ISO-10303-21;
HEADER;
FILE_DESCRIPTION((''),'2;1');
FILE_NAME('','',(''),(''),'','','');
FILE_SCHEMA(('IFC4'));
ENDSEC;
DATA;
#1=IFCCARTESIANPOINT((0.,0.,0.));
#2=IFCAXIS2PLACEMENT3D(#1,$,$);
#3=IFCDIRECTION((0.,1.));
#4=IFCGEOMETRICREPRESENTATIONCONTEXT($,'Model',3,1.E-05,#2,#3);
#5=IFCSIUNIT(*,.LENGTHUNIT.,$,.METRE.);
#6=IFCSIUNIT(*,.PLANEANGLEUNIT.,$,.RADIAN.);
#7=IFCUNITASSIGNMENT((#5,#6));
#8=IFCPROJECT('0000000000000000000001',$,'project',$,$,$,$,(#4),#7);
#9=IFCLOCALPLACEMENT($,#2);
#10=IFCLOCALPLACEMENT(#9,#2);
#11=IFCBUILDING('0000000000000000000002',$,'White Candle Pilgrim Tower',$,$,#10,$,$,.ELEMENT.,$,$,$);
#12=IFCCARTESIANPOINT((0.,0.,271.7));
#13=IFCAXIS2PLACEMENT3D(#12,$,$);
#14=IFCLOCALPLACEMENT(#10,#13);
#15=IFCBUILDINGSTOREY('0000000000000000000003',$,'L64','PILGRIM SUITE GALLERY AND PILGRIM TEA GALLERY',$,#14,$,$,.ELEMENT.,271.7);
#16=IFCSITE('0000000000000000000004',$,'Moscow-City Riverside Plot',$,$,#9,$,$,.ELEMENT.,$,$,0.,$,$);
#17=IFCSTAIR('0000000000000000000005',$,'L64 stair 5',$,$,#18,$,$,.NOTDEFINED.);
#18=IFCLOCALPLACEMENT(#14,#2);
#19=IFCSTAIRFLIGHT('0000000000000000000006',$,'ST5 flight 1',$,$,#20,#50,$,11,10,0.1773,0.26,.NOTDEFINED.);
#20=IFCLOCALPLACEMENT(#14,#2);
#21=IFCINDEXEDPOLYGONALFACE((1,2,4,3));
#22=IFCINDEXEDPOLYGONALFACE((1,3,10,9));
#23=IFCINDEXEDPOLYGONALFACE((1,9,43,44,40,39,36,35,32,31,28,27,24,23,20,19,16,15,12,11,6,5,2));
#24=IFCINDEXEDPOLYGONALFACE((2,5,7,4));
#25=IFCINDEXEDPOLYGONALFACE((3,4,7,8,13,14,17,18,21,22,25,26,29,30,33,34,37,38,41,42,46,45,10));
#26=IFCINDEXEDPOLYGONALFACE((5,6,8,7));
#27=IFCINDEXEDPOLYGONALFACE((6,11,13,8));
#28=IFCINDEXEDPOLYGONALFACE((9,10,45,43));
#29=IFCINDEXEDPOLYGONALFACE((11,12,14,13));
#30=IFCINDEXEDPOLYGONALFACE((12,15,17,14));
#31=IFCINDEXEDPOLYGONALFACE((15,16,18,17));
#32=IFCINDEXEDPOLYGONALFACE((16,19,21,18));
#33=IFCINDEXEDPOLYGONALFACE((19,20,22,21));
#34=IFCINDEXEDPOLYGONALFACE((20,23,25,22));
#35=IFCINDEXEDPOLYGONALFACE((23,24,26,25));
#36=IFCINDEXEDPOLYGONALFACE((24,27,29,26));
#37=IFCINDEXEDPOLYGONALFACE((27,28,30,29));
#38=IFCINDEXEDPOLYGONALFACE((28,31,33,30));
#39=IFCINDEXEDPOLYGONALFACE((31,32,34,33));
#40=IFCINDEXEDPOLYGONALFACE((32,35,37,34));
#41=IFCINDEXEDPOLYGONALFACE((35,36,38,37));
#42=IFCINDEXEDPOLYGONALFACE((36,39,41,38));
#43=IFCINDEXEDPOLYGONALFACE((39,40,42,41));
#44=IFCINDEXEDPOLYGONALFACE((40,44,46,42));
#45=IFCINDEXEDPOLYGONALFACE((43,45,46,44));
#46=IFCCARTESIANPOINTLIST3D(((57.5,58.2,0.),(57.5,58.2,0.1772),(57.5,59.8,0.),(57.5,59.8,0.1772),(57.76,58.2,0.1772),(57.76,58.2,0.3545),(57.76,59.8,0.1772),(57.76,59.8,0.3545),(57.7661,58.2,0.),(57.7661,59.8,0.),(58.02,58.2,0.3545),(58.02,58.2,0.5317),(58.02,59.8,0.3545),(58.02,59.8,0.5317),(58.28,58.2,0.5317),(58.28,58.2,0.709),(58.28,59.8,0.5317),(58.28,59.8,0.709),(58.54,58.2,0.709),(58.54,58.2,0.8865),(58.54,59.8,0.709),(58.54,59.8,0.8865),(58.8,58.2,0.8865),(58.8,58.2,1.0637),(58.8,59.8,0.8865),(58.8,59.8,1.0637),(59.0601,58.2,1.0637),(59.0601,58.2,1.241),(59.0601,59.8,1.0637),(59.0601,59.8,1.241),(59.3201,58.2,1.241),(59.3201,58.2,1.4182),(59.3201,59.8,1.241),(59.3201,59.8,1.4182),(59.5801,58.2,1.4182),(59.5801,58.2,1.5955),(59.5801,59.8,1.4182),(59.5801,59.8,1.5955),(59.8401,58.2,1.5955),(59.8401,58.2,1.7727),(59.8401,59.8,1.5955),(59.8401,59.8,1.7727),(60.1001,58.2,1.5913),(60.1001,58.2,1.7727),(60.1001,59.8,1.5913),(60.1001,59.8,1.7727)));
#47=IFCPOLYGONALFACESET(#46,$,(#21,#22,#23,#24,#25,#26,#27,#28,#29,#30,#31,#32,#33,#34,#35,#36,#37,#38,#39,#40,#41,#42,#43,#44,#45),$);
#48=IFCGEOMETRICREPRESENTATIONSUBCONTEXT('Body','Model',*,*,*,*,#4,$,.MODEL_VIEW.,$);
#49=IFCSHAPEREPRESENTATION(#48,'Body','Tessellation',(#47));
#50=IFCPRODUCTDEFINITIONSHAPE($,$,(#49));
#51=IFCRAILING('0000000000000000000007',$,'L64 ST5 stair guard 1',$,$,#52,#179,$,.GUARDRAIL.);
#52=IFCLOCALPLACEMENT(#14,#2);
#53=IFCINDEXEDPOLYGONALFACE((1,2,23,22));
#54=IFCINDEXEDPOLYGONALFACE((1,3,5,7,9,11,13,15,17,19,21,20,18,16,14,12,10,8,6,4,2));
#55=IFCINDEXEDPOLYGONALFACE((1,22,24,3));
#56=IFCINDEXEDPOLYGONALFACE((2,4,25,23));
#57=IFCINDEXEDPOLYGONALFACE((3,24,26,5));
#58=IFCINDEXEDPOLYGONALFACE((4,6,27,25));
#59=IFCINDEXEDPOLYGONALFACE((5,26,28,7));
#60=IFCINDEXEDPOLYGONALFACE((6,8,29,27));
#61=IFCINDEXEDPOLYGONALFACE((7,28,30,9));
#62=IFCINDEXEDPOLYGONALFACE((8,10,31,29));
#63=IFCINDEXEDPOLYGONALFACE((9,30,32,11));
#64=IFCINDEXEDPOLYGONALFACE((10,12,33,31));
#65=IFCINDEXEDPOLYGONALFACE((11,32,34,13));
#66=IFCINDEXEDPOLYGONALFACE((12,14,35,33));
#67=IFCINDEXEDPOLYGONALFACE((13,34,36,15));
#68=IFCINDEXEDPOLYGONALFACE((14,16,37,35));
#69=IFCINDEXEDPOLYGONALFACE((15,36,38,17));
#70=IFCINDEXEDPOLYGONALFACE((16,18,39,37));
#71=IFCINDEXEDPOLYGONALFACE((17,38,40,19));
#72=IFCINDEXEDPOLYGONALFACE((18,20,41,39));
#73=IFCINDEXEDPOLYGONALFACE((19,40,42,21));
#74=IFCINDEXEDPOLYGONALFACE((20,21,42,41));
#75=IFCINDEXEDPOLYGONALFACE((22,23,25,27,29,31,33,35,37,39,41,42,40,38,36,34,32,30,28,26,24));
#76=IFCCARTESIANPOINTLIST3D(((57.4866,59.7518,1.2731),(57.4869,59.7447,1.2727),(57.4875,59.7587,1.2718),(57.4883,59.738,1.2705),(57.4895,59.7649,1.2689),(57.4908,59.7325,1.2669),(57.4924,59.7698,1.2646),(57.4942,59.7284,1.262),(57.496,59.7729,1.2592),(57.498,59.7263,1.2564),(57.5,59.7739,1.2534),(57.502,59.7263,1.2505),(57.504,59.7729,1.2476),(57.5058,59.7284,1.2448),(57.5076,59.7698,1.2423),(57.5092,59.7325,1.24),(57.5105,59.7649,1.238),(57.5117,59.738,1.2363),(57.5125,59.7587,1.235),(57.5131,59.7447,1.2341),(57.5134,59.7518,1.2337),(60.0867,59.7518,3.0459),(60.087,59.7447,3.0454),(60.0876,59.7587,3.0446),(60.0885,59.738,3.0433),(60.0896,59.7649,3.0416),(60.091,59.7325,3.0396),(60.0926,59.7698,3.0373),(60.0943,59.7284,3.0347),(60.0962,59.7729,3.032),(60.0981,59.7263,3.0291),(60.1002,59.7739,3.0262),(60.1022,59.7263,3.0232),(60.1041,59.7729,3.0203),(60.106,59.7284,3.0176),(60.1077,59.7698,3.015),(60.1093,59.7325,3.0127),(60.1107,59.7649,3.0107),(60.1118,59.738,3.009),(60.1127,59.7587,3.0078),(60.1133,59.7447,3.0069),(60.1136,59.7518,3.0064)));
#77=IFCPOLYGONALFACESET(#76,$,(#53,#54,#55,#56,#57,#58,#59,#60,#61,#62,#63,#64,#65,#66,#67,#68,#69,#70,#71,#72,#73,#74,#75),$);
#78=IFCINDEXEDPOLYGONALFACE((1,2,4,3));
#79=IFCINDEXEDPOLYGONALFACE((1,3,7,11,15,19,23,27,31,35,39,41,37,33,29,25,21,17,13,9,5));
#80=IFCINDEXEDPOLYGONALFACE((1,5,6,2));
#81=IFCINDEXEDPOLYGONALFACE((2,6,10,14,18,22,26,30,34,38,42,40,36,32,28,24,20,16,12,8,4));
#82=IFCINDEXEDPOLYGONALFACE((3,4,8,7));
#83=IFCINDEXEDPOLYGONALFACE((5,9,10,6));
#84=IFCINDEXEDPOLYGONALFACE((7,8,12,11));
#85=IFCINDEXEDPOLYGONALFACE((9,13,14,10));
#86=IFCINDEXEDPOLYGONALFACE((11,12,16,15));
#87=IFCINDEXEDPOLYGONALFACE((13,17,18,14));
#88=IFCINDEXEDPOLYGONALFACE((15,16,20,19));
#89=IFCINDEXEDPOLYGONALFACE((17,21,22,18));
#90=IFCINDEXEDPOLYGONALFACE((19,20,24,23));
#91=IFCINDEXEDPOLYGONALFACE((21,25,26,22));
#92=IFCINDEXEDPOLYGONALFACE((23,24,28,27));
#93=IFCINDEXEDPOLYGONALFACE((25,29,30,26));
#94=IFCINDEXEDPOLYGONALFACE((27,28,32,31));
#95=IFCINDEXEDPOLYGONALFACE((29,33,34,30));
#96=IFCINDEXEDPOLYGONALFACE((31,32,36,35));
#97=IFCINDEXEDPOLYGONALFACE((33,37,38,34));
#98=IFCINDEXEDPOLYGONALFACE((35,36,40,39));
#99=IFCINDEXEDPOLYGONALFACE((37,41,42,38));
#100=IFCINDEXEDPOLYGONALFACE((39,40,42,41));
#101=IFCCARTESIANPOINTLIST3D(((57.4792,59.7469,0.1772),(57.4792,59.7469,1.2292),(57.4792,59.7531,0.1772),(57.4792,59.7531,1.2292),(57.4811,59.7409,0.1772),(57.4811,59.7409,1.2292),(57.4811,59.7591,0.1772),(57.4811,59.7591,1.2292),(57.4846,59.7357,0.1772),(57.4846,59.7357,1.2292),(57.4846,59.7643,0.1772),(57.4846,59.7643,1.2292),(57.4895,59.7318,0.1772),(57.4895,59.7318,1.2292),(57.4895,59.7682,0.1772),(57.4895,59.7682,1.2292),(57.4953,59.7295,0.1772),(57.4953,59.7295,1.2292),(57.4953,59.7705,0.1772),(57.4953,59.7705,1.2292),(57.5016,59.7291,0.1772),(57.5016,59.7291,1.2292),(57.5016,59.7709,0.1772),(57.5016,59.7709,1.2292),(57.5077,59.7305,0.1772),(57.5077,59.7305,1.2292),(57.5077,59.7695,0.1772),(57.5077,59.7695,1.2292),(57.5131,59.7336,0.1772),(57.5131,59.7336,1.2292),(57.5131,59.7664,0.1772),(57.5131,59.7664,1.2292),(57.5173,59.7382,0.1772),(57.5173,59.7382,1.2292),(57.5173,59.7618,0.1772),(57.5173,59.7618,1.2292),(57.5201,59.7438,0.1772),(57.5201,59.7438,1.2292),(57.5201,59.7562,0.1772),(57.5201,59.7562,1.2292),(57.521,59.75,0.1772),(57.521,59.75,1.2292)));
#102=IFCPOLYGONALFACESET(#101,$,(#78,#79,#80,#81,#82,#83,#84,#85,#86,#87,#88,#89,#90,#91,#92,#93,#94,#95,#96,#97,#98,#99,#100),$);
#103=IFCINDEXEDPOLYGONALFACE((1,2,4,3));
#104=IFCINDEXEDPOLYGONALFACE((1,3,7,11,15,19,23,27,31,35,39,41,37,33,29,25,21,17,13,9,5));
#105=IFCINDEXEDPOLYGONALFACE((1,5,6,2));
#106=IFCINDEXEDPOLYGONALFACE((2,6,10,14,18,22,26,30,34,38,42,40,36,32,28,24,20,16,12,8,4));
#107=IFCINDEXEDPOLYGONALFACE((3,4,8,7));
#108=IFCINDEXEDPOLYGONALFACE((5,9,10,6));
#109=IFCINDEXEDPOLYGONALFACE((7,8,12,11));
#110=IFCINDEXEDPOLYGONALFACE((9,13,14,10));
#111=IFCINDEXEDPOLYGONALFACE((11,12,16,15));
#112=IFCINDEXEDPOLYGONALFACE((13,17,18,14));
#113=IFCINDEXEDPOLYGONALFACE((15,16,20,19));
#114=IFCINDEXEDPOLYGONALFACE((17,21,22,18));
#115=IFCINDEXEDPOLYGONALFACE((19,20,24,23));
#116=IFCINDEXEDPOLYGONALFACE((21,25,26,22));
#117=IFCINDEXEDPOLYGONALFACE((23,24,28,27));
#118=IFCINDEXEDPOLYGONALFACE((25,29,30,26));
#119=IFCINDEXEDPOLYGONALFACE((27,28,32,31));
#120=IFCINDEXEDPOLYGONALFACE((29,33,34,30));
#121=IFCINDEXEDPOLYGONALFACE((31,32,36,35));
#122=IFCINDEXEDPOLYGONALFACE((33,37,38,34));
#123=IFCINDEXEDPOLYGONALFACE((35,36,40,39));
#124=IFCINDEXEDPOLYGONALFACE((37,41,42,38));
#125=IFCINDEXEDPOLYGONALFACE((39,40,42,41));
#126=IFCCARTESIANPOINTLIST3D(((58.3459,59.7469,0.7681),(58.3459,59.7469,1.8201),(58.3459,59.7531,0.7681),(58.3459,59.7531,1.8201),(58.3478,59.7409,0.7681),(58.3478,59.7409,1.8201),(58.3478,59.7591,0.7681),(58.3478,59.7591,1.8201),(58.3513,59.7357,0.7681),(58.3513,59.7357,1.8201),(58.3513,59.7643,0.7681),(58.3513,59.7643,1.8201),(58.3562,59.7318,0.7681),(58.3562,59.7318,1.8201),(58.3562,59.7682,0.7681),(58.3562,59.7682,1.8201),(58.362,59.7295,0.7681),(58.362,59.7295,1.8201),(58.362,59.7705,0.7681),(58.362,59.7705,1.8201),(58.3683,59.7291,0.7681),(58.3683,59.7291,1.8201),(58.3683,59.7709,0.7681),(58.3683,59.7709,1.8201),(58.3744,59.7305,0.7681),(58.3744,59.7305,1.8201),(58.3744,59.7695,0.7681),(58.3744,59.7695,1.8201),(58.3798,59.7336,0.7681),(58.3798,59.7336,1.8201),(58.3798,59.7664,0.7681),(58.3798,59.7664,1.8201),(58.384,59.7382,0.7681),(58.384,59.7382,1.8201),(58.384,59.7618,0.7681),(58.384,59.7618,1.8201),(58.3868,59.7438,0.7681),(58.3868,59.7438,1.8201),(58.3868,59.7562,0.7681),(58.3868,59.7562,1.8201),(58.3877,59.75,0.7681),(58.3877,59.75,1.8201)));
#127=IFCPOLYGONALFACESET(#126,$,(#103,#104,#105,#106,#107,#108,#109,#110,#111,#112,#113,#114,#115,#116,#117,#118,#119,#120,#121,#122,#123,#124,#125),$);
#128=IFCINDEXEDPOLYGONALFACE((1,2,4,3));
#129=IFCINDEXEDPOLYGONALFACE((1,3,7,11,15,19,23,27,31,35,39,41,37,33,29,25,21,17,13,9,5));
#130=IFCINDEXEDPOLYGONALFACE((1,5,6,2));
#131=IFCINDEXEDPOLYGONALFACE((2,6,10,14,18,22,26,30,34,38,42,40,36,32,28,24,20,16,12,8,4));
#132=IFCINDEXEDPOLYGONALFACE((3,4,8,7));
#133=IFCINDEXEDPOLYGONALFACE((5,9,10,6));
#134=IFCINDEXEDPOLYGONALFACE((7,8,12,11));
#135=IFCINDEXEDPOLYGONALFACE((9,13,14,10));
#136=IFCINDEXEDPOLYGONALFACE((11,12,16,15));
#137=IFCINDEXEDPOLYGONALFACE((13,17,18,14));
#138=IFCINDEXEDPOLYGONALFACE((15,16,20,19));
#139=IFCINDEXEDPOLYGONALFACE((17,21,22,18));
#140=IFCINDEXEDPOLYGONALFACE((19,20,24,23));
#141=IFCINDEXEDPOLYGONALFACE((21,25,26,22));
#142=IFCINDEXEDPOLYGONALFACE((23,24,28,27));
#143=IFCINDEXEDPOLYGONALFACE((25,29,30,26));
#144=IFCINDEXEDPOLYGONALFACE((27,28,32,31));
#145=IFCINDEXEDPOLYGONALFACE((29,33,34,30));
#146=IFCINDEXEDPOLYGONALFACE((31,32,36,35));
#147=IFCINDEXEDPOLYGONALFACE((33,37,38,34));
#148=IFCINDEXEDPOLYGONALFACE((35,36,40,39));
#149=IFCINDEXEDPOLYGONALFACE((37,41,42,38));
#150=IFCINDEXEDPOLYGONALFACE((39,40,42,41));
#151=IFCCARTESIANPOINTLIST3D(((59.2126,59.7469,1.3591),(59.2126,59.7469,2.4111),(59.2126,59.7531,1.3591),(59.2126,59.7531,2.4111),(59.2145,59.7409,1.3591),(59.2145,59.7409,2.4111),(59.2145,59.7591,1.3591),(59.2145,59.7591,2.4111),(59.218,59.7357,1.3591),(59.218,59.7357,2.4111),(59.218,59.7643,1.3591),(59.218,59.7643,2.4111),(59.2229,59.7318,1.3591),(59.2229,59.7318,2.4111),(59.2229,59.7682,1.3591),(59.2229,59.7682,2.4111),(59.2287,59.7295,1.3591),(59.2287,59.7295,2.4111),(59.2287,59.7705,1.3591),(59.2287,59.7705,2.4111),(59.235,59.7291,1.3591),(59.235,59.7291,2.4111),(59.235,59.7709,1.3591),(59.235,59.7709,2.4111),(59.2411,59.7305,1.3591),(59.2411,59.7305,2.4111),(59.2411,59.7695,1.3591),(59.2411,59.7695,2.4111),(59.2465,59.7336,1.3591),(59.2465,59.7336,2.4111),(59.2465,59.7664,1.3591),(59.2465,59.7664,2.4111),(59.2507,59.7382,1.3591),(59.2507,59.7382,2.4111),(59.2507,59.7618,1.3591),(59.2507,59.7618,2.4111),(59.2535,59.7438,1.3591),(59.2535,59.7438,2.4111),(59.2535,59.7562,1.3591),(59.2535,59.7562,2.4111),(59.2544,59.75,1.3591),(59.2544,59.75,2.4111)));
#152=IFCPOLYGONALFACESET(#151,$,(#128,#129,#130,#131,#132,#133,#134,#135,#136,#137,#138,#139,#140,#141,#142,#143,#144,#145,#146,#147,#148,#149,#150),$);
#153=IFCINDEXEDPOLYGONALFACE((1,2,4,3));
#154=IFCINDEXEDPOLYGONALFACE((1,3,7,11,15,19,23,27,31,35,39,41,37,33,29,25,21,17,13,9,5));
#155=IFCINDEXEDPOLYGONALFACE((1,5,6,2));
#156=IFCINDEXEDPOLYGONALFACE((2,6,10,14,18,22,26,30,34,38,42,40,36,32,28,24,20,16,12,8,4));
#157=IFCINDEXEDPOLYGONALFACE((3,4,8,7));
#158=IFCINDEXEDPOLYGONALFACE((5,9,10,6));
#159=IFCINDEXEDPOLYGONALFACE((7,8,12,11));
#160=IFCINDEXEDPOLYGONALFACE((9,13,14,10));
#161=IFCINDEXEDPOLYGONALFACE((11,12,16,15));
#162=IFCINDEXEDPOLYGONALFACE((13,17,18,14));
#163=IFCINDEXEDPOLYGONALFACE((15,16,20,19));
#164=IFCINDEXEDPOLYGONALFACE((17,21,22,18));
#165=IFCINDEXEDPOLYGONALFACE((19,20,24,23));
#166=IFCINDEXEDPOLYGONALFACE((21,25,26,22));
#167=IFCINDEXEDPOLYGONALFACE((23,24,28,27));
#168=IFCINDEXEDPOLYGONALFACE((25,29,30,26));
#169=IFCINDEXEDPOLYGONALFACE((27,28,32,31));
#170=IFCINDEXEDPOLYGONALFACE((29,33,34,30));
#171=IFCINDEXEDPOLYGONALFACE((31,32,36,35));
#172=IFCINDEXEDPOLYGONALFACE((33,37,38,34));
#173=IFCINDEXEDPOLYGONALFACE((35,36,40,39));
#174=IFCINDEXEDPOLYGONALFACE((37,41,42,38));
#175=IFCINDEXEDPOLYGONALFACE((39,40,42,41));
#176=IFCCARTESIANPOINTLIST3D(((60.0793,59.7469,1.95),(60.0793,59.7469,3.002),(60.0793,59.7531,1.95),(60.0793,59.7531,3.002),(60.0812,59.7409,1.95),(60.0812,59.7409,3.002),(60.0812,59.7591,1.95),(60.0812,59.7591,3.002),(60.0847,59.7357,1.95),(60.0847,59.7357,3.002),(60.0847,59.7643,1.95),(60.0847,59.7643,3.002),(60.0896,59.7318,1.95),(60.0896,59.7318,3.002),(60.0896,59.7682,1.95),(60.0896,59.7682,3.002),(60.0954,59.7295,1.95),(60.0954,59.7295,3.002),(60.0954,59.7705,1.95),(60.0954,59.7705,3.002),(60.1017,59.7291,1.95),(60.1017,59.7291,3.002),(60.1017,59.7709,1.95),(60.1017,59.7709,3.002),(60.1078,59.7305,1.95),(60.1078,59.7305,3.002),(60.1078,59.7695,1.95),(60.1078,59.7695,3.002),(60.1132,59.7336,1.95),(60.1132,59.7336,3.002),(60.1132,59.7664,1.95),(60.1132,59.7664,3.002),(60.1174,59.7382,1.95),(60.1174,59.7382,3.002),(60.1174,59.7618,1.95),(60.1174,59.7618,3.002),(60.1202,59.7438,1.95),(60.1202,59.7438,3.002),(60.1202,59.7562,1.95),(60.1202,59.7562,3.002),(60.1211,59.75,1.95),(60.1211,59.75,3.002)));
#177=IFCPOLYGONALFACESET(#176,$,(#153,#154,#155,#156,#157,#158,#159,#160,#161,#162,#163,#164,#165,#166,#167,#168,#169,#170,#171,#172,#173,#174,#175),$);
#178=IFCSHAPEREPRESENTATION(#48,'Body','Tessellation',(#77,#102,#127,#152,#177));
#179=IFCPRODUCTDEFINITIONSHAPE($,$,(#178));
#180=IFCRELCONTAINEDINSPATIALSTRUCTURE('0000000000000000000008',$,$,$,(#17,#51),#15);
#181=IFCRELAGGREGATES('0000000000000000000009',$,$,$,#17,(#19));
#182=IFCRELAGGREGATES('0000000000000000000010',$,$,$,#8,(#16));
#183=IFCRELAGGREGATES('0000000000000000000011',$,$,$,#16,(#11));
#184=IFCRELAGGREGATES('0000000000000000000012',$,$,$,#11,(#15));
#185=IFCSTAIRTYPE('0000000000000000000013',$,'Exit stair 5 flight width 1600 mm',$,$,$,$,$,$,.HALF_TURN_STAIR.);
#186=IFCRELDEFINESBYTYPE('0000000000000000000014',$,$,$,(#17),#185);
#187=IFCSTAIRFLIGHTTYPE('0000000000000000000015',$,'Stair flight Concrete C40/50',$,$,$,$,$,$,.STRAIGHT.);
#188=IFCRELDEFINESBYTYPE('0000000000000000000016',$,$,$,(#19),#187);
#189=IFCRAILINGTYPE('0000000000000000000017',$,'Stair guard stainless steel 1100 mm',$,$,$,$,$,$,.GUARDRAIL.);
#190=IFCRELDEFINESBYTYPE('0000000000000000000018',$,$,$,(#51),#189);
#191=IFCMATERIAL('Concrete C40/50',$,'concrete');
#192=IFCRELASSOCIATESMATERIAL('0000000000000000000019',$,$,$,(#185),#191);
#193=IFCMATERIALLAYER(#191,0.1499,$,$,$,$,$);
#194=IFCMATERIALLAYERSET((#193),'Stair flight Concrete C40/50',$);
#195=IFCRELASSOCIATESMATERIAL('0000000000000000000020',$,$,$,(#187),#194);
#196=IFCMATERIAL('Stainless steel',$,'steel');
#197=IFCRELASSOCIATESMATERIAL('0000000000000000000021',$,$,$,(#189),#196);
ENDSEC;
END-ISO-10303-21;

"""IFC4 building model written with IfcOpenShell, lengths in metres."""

from ifc_helpers import new_model, si_unit, direction, frame, origin, origin_2d, place, context, subcontext, project, spatial, polyline, circle, outline, extrude, material, layer, layer_set, type_object, element, aggregate, save


model = new_model("IFC4")

# Units and contexts
model_context = context("Model", 3, precision=1e-05, world=origin(), true_north=direction((0.0, 1.0)))
body_context = subcontext(model_context, "Body", "Model", "MODEL_VIEW")
ifc_project = project(units=[si_unit("LENGTHUNIT", "METRE"), si_unit("PLANEANGLEUNIT", "RADIAN")], contexts=[model_context])

# Site, building, storey
site_placement = place(None, origin())
site = spatial("IfcSite", under=ifc_project, at=site_placement, Name="Moscow-City Riverside Plot", CompositionType="ELEMENT", RefElevation=0.0)
building_placement = place(site_placement, origin())
building = spatial("IfcBuilding", under=site, at=building_placement, Name="White Candle Pilgrim Tower", CompositionType="ELEMENT")
storey_placement = place(building_placement, frame((0.0, 0.0, 271.7)))
storey = spatial("IfcBuildingStorey", under=building, at=storey_placement, Name="L64", Description="PILGRIM SUITE GALLERY AND PILGRIM TEA GALLERY", CompositionType="ELEMENT", Elevation=271.7)

# Stair, stair flight
ifc_material_1 = material(Name="Concrete C40/50", Category="concrete")
stair_type = type_object("IfcStairType", Name="Exit stair 5 flight width 1600 mm", PredefinedType="HALF_TURN_STAIR", material=ifc_material_1)
stair_placement = place(storey_placement, origin())
stair = element("IfcStair", 1, at=stair_placement, inside=storey, type_object=stair_type, Name="L64 stair 5", PredefinedType="NOTDEFINED")
ifc_layer_1 = layer(ifc_material_1, 0.1499)
ifc_layer_set_1 = layer_set([ifc_layer_1], Name="Stair flight Concrete C40/50")
stair_flight_type = type_object("IfcStairFlightType", Name="Stair flight Concrete C40/50", PredefinedType="STRAIGHT", material=ifc_layer_set_1)
stair_flight_placement = place(storey_placement, frame((57.5, 59.0, 0.0), z_axis=(0.0, 0.0, 1.0), x_axis=(1.0, 0.0, 0.0)))
stair_flight = element("IfcStairFlight", 2, at=stair_flight_placement, type_object=stair_flight_type, Name="ST5 flight 1", NumberOfRisers=11, NumberOfTreads=10, PredefinedType="NOTDEFINED", RiserHeight=0.1773, TreadLength=0.26, context=body_context, shape_type="SweptSolid", body=[
    extrude(outline(polyline([(0.0, 0.0), (0.0, 0.1772), (0.26, 0.1772), (0.26, 0.3545), (0.52, 0.3545), (0.52, 0.5317), (0.78, 0.5317), (0.78, 0.709), (1.04, 0.709), (1.04, 0.8865), (1.3, 0.8865), (1.3, 1.0637), (1.5601, 1.0637), (1.5601, 1.241), (1.8201, 1.241), (1.8201, 1.4182), (2.0801, 1.4182), (2.0801, 1.5955), (2.3401, 1.5955), (2.3401, 1.7727), (2.6001, 1.7727), (2.6001, 1.95), (2.6001, 1.5913), (0.2661, 0.0), (0.0, 0.0)])), frame((0.0, 0.8, 0.0), z_axis=(0.0, -1.0, 0.0), x_axis=(1.0, 0.0, 0.0)), (0.0, 0.0, 1.0), 1.6001),
])
aggregate(stair, [stair_flight])

# Railing
ifc_material_2 = material(Name="Stainless steel", Category="steel")
railing_type_1 = type_object("IfcRailingType", Name="Stair guard stainless steel 1100 mm", PredefinedType="GUARDRAIL", material=ifc_material_2)
railing_1_placement = place(storey_placement, frame((57.5, 59.75, 0.1772)))
element("IfcRailing", 3, at=railing_1_placement, inside=storey, type_object=railing_type_1, Name="L64 ST5 stair guard 1", PredefinedType="GUARDRAIL", context=body_context, shape_type="SweptSolid", body=[
    extrude(circle(Radius=0.0239, at=origin_2d()), frame((0.0, 0.0, 1.0762), z_axis=(0.82624, 0.0, 0.563318), x_axis=(0.0, 1.0, 0.0)), (0.0, 0.0, 1.0), 3.147),
    extrude(circle(Radius=0.021, at=origin_2d()), origin(), (0.0, 0.0, 1.0), 1.052),
    extrude(circle(Radius=0.021, at=origin_2d()), frame((0.8667, 0.0, 0.5908)), (0.0, 0.0, 1.0), 1.052),
    extrude(circle(Radius=0.021, at=origin_2d()), frame((1.7334, 0.0, 1.1819)), (0.0, 0.0, 1.0), 1.052),
    extrude(circle(Radius=0.021, at=origin_2d()), frame((2.6001, 0.0, 1.7727)), (0.0, 0.0, 1.0), 1.052),
])

save(model, "model.ifc")
